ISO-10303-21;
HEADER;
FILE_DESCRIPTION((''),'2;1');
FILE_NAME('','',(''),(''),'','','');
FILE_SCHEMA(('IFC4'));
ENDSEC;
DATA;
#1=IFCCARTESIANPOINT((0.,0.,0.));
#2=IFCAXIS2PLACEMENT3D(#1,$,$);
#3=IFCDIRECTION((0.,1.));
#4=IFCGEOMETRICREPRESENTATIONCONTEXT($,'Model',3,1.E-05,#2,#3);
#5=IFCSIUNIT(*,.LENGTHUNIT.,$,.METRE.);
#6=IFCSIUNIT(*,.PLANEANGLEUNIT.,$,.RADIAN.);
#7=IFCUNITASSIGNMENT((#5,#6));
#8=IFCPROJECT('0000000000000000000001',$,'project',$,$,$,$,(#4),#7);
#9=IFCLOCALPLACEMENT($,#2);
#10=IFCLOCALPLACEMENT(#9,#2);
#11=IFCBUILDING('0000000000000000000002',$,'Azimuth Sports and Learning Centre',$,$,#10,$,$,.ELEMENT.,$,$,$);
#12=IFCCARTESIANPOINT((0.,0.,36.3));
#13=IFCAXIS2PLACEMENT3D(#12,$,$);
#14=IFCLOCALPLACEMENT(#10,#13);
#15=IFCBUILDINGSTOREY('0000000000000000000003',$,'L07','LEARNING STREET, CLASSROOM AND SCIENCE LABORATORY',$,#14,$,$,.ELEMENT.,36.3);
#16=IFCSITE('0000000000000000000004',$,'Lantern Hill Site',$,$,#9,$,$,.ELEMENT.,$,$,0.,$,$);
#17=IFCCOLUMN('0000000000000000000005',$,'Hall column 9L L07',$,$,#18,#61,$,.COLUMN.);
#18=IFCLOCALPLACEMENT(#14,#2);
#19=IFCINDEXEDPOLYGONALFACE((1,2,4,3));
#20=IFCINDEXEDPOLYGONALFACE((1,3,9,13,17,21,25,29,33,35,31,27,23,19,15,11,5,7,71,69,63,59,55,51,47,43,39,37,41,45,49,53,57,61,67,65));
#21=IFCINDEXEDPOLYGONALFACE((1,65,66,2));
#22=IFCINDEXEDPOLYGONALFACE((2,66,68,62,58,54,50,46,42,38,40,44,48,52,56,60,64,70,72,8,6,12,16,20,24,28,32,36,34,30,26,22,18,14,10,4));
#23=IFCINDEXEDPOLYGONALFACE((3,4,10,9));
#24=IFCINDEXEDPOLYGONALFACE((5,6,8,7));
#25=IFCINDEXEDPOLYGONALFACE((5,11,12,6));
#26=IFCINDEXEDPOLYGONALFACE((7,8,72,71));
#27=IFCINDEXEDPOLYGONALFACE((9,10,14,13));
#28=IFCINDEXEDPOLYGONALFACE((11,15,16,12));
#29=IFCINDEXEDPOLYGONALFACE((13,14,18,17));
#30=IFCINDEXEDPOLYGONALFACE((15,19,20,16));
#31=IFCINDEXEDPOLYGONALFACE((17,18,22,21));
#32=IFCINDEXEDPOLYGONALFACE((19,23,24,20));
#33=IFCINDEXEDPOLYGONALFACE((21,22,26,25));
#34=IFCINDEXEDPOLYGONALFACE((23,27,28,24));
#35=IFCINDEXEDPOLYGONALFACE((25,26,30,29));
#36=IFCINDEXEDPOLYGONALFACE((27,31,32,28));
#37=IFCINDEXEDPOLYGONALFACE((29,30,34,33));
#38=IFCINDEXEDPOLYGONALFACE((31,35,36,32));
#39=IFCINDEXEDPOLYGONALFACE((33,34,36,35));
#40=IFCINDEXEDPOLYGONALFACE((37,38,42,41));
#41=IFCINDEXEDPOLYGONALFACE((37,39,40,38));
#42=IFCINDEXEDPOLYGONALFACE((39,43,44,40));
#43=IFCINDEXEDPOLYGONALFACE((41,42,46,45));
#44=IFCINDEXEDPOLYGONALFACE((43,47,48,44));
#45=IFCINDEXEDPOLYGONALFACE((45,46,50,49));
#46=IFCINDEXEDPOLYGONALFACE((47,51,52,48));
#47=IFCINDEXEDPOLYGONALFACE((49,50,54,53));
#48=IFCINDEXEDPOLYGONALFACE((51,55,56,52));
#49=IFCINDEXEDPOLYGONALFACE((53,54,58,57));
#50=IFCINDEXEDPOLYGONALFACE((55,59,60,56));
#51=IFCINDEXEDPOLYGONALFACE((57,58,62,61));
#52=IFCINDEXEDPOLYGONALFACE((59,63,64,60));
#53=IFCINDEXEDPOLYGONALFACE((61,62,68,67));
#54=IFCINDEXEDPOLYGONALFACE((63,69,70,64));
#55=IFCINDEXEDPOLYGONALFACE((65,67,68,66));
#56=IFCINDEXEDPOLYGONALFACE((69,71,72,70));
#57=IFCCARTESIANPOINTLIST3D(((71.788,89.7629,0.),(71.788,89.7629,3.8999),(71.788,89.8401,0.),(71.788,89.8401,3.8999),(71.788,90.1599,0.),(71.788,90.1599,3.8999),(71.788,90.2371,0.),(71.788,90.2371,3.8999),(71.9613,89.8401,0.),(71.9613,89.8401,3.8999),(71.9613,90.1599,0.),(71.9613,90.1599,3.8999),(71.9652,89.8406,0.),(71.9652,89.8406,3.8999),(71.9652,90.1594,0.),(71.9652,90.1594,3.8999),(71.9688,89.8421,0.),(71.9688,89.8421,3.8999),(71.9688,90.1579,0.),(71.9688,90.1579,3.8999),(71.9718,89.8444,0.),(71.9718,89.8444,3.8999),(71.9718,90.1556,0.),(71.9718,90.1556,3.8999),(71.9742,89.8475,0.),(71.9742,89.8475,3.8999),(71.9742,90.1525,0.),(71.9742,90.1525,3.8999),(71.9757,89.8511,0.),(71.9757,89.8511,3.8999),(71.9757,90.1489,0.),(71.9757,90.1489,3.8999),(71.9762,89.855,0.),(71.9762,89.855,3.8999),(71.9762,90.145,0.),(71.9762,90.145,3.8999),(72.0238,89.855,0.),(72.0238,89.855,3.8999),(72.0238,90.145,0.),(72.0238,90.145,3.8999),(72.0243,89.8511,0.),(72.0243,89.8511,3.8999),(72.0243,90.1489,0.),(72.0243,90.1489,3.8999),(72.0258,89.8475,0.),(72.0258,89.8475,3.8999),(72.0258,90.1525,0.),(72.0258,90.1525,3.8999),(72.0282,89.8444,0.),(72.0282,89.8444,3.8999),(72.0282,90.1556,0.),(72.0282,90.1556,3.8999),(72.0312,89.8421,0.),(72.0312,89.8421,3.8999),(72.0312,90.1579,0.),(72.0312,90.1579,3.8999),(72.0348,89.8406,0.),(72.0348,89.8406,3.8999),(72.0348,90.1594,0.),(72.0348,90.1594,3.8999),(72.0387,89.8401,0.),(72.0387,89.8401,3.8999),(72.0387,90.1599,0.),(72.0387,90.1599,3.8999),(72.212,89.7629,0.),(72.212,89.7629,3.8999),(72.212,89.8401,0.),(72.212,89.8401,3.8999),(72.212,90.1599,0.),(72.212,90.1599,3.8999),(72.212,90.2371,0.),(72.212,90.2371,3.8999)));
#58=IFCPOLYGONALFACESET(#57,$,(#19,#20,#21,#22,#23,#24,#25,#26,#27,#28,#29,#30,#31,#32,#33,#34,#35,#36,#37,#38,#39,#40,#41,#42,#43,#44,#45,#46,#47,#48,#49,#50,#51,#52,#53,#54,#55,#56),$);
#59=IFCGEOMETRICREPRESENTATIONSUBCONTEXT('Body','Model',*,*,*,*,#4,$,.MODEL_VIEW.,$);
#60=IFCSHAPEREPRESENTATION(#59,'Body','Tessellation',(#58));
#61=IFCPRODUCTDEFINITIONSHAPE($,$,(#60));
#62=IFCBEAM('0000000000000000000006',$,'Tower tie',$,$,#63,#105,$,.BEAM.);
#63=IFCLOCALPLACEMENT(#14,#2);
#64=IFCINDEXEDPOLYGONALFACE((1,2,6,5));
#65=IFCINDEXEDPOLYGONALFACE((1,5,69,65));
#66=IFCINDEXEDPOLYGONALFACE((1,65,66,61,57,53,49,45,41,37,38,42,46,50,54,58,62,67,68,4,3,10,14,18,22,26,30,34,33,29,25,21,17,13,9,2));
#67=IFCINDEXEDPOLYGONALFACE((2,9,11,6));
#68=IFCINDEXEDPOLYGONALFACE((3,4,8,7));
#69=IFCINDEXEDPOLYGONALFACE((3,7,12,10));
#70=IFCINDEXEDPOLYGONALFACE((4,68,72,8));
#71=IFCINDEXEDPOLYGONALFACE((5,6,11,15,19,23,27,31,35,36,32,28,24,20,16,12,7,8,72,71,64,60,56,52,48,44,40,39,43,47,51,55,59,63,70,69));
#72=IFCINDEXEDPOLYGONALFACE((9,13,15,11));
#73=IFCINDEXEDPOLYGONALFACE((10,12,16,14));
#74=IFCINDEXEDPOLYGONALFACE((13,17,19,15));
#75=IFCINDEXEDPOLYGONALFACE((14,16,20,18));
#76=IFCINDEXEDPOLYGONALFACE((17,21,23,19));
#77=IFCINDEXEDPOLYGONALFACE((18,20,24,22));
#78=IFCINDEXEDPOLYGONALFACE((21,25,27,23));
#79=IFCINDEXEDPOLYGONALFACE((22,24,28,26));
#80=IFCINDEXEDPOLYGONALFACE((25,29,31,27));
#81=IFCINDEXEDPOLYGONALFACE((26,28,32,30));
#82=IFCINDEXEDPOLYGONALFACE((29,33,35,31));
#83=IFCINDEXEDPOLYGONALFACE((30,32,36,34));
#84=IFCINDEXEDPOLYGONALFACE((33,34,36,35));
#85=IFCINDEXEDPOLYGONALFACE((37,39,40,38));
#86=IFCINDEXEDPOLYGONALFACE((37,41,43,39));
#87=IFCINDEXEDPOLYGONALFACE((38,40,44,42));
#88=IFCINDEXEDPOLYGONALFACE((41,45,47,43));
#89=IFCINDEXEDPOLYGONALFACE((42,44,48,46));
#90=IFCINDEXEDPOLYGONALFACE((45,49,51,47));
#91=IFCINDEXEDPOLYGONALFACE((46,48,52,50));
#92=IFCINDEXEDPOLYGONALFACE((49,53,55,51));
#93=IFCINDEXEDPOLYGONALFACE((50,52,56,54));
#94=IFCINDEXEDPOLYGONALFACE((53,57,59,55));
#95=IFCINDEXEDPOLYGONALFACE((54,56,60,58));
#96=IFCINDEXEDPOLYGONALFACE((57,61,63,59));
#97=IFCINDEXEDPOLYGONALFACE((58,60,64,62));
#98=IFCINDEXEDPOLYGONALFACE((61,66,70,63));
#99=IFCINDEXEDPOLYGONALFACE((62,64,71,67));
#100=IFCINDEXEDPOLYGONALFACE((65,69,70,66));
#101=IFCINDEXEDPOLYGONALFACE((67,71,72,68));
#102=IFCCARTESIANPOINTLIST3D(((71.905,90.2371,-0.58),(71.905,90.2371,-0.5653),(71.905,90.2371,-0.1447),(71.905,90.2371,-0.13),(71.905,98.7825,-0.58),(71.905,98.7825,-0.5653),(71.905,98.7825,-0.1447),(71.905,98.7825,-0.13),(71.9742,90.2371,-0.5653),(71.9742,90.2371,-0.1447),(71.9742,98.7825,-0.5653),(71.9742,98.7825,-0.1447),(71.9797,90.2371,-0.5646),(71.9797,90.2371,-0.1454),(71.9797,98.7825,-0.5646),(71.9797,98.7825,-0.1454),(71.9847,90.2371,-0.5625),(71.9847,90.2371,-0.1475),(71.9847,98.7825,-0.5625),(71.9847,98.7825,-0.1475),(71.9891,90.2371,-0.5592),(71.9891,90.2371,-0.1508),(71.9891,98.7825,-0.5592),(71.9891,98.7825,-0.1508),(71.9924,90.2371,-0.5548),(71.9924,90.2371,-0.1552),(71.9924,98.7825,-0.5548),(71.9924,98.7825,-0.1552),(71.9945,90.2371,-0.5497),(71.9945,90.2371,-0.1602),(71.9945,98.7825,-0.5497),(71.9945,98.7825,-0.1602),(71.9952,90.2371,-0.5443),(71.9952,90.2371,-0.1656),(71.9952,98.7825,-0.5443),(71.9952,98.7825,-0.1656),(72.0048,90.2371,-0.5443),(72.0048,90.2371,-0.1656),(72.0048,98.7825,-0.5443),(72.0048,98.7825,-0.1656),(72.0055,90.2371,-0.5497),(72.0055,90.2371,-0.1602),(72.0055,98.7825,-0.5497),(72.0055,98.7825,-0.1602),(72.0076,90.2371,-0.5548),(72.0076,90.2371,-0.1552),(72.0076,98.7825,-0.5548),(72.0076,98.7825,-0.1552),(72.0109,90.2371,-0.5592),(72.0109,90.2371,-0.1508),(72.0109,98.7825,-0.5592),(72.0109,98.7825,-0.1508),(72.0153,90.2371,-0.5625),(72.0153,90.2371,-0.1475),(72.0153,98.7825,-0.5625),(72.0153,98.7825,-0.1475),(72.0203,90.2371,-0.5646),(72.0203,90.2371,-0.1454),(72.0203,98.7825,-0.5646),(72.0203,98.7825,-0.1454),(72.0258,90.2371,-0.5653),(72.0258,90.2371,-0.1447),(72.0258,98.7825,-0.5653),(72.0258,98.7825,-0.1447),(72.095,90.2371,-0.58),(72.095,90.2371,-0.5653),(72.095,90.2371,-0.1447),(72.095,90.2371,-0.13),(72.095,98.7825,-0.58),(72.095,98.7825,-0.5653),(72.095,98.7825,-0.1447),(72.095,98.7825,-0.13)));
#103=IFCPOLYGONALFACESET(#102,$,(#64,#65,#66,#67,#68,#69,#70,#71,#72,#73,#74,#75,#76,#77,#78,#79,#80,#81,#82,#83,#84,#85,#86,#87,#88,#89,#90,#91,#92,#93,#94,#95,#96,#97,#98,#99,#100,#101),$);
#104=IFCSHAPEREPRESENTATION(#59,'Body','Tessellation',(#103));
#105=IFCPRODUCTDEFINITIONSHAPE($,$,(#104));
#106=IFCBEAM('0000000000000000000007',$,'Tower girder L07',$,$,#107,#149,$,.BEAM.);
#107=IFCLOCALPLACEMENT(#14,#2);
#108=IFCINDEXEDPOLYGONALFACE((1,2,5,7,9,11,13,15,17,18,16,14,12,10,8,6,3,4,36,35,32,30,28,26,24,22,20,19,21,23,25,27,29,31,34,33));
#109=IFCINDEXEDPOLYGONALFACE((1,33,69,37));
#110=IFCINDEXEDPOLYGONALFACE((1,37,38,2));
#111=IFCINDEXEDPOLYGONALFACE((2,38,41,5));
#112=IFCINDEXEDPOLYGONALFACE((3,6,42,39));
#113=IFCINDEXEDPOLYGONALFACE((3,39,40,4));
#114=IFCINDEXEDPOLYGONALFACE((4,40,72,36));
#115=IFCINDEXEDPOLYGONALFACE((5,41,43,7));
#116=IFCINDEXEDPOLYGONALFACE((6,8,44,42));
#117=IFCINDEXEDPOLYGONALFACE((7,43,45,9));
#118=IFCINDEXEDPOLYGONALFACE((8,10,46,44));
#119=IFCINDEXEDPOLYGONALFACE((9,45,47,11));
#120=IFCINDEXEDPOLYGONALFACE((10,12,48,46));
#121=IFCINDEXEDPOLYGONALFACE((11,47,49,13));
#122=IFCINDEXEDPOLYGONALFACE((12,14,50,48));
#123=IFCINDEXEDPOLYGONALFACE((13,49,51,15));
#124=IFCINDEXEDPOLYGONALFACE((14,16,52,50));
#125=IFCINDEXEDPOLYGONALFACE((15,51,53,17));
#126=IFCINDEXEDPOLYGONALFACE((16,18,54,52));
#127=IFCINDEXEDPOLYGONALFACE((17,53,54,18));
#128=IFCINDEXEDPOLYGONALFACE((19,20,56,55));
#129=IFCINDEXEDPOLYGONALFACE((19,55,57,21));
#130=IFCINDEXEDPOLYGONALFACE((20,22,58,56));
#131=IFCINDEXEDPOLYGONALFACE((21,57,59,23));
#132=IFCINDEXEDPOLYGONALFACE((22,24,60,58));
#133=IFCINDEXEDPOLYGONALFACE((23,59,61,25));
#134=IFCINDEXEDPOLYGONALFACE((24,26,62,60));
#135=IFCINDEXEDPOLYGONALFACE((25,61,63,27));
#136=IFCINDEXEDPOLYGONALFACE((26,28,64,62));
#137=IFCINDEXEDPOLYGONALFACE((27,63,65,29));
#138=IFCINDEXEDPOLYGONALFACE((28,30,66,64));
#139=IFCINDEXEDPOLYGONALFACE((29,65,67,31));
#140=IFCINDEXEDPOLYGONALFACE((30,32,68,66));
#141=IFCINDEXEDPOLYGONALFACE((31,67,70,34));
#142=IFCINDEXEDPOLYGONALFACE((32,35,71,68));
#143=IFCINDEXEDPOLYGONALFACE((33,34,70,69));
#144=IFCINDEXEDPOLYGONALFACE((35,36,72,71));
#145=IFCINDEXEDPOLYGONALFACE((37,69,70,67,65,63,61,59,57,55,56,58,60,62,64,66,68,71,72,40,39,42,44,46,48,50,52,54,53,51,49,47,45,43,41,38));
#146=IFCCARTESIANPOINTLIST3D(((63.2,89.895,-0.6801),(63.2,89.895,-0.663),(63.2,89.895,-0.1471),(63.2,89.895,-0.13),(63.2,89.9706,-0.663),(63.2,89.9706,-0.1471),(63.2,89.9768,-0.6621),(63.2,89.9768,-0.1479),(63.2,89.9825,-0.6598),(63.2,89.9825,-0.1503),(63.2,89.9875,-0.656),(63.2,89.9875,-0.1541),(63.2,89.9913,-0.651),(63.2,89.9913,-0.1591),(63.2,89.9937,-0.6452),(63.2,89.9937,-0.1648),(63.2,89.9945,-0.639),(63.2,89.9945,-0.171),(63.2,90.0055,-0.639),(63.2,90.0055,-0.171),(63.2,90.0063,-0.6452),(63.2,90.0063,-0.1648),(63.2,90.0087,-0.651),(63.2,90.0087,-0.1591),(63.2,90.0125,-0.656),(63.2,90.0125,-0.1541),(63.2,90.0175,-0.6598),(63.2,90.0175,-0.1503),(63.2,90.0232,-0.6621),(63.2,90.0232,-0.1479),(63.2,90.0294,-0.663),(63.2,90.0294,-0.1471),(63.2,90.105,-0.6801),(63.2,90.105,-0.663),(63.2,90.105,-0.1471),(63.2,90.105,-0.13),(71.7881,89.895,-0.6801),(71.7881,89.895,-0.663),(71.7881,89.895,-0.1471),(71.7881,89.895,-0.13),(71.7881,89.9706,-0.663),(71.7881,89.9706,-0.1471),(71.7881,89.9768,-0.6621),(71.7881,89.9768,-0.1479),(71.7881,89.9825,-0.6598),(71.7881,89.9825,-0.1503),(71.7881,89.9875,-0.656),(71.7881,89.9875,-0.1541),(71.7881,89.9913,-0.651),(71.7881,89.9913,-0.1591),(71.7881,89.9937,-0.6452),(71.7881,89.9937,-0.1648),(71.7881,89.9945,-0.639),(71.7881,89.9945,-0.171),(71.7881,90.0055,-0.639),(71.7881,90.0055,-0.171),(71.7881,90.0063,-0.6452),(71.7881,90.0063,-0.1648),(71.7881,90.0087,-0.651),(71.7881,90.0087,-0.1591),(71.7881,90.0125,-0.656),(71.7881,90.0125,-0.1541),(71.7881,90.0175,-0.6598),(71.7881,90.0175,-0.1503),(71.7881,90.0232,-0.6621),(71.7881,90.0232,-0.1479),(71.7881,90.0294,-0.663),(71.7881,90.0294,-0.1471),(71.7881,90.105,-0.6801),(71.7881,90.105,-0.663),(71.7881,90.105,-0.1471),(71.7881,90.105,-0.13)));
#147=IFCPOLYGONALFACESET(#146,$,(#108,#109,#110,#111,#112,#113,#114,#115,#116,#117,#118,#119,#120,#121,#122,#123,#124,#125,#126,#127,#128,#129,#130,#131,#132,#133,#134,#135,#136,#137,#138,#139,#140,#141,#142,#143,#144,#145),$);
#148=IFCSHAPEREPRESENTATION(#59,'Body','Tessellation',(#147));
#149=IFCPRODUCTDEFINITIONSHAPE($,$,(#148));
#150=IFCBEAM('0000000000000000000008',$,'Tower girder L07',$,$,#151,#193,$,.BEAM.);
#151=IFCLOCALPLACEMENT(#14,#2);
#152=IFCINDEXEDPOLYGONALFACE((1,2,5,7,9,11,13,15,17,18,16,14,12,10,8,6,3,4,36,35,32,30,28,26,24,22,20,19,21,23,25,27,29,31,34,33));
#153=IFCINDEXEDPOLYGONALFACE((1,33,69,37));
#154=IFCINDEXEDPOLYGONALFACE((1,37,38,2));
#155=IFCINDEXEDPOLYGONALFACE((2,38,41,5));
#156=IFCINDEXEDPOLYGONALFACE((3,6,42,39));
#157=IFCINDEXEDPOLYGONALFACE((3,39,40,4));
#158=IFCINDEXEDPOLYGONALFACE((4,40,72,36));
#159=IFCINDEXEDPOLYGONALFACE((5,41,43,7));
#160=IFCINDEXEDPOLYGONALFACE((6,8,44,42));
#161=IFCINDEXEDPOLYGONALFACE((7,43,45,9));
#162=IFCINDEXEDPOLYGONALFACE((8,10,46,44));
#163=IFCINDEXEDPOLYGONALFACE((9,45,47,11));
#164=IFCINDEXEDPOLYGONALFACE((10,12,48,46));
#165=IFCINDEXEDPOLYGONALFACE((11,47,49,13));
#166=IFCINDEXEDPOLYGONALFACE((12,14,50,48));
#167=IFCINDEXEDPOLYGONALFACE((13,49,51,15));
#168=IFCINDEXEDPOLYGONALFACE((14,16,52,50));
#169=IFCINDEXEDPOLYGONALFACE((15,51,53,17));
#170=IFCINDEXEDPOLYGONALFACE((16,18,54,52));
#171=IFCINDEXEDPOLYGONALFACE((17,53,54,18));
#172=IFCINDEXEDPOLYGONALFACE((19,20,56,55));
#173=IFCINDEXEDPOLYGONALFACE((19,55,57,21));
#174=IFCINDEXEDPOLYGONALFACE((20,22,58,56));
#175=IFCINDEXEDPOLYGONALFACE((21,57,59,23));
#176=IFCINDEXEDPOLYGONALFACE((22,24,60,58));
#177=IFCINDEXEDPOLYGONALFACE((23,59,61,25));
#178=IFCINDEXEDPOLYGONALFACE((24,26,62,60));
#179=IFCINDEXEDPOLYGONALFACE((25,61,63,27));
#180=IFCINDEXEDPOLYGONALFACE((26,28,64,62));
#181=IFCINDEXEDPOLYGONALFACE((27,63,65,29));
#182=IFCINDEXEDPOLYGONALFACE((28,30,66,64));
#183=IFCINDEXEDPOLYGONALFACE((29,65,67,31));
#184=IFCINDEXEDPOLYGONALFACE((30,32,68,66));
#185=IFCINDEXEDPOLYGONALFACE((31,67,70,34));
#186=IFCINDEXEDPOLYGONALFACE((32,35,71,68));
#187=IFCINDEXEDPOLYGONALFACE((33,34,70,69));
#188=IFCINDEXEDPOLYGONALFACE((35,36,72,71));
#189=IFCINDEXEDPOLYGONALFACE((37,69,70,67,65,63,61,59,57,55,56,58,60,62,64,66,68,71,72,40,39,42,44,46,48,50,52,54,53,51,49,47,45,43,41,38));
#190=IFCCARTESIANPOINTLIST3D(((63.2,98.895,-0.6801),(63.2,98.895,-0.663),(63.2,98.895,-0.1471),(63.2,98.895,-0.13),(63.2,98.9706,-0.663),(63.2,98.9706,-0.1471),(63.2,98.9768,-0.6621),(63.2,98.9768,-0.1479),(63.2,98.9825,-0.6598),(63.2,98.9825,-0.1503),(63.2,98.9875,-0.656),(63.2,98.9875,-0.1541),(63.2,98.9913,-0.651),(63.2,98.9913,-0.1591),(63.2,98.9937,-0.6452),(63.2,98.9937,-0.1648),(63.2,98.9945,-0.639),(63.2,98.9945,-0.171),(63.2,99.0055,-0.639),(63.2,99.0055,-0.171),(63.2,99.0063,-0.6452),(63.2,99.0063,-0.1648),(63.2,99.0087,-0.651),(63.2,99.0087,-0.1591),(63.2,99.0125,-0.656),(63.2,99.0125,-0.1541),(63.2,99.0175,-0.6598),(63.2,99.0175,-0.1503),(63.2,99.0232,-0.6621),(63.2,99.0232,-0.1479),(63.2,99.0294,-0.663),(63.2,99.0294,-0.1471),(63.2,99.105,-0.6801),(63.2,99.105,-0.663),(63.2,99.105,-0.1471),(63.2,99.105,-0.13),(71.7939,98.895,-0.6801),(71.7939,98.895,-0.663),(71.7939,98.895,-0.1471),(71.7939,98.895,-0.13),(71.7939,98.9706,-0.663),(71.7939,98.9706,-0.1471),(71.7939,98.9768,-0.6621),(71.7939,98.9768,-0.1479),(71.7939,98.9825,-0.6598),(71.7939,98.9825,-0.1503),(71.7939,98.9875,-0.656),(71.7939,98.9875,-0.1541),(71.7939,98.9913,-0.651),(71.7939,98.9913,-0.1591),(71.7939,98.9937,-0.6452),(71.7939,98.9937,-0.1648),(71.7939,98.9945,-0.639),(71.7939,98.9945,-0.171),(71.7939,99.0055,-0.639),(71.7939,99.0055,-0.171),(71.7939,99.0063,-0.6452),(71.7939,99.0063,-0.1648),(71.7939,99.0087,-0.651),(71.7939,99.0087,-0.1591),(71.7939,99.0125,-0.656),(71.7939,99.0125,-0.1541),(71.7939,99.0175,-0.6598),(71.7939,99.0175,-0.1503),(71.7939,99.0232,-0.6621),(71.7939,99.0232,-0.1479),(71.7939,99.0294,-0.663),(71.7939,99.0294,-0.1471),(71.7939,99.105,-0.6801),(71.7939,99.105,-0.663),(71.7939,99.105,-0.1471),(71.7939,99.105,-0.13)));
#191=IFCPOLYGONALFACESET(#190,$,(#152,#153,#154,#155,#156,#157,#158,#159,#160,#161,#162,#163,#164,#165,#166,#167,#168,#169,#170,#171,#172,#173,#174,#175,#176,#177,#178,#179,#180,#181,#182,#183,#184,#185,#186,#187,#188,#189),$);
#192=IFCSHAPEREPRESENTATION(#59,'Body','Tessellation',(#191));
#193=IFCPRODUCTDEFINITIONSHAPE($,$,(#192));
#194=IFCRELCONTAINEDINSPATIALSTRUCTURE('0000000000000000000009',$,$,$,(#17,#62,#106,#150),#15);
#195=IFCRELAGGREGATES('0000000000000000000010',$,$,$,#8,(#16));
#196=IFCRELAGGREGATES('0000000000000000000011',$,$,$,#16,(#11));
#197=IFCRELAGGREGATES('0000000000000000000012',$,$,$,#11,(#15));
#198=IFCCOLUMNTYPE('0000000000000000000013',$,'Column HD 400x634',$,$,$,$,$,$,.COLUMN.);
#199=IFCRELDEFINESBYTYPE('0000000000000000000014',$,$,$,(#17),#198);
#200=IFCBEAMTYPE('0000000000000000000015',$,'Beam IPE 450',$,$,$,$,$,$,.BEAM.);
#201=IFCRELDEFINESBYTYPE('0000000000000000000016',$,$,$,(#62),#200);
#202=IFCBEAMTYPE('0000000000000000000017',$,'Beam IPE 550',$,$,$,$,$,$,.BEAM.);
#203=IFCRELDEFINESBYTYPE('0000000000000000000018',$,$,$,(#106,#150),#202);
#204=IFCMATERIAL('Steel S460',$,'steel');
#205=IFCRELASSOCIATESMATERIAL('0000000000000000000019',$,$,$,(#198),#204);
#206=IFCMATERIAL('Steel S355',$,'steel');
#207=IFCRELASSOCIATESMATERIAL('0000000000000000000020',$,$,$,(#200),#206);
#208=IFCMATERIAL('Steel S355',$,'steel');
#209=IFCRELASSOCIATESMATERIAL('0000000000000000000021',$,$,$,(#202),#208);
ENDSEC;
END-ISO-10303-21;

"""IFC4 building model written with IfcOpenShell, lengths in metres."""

from ifc_helpers import new_model, si_unit, direction, frame, origin, origin_2d, place, context, subcontext, project, spatial, i_section, extrude, material, material_profile, profile_set, type_object, element, save


model = new_model("IFC4")

# Units and contexts
model_context = context("Model", 3, precision=1e-05, world=origin(), true_north=direction((0.0, 1.0)))
body_context = subcontext(model_context, "Body", "Model", "MODEL_VIEW")
ifc_project = project(units=[si_unit("LENGTHUNIT", "METRE"), si_unit("PLANEANGLEUNIT", "RADIAN")], contexts=[model_context])

# Site, building, storey
site_placement = place(None, origin())
site = spatial("IfcSite", under=ifc_project, at=site_placement, Name="Lantern Hill Site", CompositionType="ELEMENT", RefElevation=0.0)
building_placement = place(site_placement, origin())
building = spatial("IfcBuilding", under=site, at=building_placement, Name="Azimuth Sports and Learning Centre", CompositionType="ELEMENT")
storey_placement = place(building_placement, frame((0.0, 0.0, 36.3)))
storey = spatial("IfcBuildingStorey", under=building, at=storey_placement, Name="L07", Description="LEARNING STREET, CLASSROOM AND SCIENCE LABORATORY", CompositionType="ELEMENT", Elevation=36.3)

# Column
ifc_material_1 = material(Name="Steel S460", Category="steel")
ifc_material_profile_1 = material_profile(ifc_material_1, i_section(OverallWidth=0.4241, OverallDepth=0.4741, WebThickness=0.0476, FlangeThickness=0.0771, FilletRadius=0.0149, at=origin_2d()), Name="HD 400x634")
ifc_profile_set_1 = profile_set([ifc_material_profile_1], Name="Steel S460")
column_type = type_object("IfcColumnType", Name="Column HD 400x634", PredefinedType="COLUMN", material=ifc_profile_set_1)
column_placement = place(storey_placement, frame((72.0, 90.0, 0.0), z_axis=(0.0, 0.0, 1.0), x_axis=(1.0, 0.0, 0.0)))
element("IfcColumn", 1, at=column_placement, inside=storey, type_object=column_type, Name="Hall column 9L L07", PredefinedType="COLUMN", context=body_context, shape_type="SweptSolid", body=[
    extrude(i_section(OverallWidth=0.4241, OverallDepth=0.4741, WebThickness=0.0476, FlangeThickness=0.0771, FilletRadius=0.0149, at=origin_2d()), origin(), (0.0, 0.0, 1.0), 3.8999),
])

# Beams
ifc_material_2 = material(Name="Steel S355", Category="steel")
ifc_material_profile_2 = material_profile(ifc_material_2, i_section(OverallWidth=0.1899, OverallDepth=0.45, WebThickness=0.0095, FlangeThickness=0.0146, FilletRadius=0.021, at=origin_2d()), Name="IPE 450")
ifc_profile_set_2 = profile_set([ifc_material_profile_2], Name="Steel S355")
beam_type_1 = type_object("IfcBeamType", Name="Beam IPE 450", PredefinedType="BEAM", material=ifc_profile_set_2)
beam_1_placement = place(storey_placement, frame((72.0, 90.2371, -0.355), z_axis=(0.0, 1.0, 0.0), x_axis=(-1.0, 0.0, 0.0)))
element("IfcBeam", 2, at=beam_1_placement, inside=storey, type_object=beam_type_1, Name="Tower tie", PredefinedType="BEAM", context=body_context, shape_type="SweptSolid", body=[
    extrude(i_section(OverallWidth=0.1899, OverallDepth=0.45, WebThickness=0.0095, FlangeThickness=0.0146, FilletRadius=0.021, at=origin_2d()), origin(), (0.0, 0.0, 1.0), 8.5454),
])
ifc_material_3 = material(Name="Steel S355", Category="steel")
ifc_material_profile_3 = material_profile(ifc_material_3, i_section(OverallWidth=0.21, OverallDepth=0.55, WebThickness=0.011, FlangeThickness=0.0171, FilletRadius=0.0239, at=origin_2d()), Name="IPE 550")
ifc_profile_set_3 = profile_set([ifc_material_profile_3], Name="Steel S355")
beam_type_2 = type_object("IfcBeamType", Name="Beam IPE 550", PredefinedType="BEAM", material=ifc_profile_set_3)
beam_2_placement = place(storey_placement, frame((63.2, 90.0, -0.405), z_axis=(1.0, 0.0, 0.0), x_axis=(0.0, 1.0, 0.0)))
element("IfcBeam", 3, at=beam_2_placement, inside=storey, type_object=beam_type_2, Name="Tower girder L07", PredefinedType="BEAM", context=body_context, shape_type="SweptSolid", body=[
    extrude(i_section(OverallWidth=0.21, OverallDepth=0.55, WebThickness=0.011, FlangeThickness=0.0171, FilletRadius=0.0239, at=origin_2d()), origin(), (0.0, 0.0, 1.0), 8.5881),
])
beam_3_placement = place(storey_placement, frame((63.2, 99.0, -0.405), z_axis=(1.0, 0.0, 0.0), x_axis=(0.0, 1.0, 0.0)))
element("IfcBeam", 4, at=beam_3_placement, inside=storey, type_object=beam_type_2, Name="Tower girder L07", PredefinedType="BEAM", context=body_context, shape_type="SweptSolid", body=[
    extrude(i_section(OverallWidth=0.21, OverallDepth=0.55, WebThickness=0.011, FlangeThickness=0.0171, FilletRadius=0.0239, at=origin_2d()), origin(), (0.0, 0.0, 1.0), 8.594),
])

save(model, "model.ifc")
